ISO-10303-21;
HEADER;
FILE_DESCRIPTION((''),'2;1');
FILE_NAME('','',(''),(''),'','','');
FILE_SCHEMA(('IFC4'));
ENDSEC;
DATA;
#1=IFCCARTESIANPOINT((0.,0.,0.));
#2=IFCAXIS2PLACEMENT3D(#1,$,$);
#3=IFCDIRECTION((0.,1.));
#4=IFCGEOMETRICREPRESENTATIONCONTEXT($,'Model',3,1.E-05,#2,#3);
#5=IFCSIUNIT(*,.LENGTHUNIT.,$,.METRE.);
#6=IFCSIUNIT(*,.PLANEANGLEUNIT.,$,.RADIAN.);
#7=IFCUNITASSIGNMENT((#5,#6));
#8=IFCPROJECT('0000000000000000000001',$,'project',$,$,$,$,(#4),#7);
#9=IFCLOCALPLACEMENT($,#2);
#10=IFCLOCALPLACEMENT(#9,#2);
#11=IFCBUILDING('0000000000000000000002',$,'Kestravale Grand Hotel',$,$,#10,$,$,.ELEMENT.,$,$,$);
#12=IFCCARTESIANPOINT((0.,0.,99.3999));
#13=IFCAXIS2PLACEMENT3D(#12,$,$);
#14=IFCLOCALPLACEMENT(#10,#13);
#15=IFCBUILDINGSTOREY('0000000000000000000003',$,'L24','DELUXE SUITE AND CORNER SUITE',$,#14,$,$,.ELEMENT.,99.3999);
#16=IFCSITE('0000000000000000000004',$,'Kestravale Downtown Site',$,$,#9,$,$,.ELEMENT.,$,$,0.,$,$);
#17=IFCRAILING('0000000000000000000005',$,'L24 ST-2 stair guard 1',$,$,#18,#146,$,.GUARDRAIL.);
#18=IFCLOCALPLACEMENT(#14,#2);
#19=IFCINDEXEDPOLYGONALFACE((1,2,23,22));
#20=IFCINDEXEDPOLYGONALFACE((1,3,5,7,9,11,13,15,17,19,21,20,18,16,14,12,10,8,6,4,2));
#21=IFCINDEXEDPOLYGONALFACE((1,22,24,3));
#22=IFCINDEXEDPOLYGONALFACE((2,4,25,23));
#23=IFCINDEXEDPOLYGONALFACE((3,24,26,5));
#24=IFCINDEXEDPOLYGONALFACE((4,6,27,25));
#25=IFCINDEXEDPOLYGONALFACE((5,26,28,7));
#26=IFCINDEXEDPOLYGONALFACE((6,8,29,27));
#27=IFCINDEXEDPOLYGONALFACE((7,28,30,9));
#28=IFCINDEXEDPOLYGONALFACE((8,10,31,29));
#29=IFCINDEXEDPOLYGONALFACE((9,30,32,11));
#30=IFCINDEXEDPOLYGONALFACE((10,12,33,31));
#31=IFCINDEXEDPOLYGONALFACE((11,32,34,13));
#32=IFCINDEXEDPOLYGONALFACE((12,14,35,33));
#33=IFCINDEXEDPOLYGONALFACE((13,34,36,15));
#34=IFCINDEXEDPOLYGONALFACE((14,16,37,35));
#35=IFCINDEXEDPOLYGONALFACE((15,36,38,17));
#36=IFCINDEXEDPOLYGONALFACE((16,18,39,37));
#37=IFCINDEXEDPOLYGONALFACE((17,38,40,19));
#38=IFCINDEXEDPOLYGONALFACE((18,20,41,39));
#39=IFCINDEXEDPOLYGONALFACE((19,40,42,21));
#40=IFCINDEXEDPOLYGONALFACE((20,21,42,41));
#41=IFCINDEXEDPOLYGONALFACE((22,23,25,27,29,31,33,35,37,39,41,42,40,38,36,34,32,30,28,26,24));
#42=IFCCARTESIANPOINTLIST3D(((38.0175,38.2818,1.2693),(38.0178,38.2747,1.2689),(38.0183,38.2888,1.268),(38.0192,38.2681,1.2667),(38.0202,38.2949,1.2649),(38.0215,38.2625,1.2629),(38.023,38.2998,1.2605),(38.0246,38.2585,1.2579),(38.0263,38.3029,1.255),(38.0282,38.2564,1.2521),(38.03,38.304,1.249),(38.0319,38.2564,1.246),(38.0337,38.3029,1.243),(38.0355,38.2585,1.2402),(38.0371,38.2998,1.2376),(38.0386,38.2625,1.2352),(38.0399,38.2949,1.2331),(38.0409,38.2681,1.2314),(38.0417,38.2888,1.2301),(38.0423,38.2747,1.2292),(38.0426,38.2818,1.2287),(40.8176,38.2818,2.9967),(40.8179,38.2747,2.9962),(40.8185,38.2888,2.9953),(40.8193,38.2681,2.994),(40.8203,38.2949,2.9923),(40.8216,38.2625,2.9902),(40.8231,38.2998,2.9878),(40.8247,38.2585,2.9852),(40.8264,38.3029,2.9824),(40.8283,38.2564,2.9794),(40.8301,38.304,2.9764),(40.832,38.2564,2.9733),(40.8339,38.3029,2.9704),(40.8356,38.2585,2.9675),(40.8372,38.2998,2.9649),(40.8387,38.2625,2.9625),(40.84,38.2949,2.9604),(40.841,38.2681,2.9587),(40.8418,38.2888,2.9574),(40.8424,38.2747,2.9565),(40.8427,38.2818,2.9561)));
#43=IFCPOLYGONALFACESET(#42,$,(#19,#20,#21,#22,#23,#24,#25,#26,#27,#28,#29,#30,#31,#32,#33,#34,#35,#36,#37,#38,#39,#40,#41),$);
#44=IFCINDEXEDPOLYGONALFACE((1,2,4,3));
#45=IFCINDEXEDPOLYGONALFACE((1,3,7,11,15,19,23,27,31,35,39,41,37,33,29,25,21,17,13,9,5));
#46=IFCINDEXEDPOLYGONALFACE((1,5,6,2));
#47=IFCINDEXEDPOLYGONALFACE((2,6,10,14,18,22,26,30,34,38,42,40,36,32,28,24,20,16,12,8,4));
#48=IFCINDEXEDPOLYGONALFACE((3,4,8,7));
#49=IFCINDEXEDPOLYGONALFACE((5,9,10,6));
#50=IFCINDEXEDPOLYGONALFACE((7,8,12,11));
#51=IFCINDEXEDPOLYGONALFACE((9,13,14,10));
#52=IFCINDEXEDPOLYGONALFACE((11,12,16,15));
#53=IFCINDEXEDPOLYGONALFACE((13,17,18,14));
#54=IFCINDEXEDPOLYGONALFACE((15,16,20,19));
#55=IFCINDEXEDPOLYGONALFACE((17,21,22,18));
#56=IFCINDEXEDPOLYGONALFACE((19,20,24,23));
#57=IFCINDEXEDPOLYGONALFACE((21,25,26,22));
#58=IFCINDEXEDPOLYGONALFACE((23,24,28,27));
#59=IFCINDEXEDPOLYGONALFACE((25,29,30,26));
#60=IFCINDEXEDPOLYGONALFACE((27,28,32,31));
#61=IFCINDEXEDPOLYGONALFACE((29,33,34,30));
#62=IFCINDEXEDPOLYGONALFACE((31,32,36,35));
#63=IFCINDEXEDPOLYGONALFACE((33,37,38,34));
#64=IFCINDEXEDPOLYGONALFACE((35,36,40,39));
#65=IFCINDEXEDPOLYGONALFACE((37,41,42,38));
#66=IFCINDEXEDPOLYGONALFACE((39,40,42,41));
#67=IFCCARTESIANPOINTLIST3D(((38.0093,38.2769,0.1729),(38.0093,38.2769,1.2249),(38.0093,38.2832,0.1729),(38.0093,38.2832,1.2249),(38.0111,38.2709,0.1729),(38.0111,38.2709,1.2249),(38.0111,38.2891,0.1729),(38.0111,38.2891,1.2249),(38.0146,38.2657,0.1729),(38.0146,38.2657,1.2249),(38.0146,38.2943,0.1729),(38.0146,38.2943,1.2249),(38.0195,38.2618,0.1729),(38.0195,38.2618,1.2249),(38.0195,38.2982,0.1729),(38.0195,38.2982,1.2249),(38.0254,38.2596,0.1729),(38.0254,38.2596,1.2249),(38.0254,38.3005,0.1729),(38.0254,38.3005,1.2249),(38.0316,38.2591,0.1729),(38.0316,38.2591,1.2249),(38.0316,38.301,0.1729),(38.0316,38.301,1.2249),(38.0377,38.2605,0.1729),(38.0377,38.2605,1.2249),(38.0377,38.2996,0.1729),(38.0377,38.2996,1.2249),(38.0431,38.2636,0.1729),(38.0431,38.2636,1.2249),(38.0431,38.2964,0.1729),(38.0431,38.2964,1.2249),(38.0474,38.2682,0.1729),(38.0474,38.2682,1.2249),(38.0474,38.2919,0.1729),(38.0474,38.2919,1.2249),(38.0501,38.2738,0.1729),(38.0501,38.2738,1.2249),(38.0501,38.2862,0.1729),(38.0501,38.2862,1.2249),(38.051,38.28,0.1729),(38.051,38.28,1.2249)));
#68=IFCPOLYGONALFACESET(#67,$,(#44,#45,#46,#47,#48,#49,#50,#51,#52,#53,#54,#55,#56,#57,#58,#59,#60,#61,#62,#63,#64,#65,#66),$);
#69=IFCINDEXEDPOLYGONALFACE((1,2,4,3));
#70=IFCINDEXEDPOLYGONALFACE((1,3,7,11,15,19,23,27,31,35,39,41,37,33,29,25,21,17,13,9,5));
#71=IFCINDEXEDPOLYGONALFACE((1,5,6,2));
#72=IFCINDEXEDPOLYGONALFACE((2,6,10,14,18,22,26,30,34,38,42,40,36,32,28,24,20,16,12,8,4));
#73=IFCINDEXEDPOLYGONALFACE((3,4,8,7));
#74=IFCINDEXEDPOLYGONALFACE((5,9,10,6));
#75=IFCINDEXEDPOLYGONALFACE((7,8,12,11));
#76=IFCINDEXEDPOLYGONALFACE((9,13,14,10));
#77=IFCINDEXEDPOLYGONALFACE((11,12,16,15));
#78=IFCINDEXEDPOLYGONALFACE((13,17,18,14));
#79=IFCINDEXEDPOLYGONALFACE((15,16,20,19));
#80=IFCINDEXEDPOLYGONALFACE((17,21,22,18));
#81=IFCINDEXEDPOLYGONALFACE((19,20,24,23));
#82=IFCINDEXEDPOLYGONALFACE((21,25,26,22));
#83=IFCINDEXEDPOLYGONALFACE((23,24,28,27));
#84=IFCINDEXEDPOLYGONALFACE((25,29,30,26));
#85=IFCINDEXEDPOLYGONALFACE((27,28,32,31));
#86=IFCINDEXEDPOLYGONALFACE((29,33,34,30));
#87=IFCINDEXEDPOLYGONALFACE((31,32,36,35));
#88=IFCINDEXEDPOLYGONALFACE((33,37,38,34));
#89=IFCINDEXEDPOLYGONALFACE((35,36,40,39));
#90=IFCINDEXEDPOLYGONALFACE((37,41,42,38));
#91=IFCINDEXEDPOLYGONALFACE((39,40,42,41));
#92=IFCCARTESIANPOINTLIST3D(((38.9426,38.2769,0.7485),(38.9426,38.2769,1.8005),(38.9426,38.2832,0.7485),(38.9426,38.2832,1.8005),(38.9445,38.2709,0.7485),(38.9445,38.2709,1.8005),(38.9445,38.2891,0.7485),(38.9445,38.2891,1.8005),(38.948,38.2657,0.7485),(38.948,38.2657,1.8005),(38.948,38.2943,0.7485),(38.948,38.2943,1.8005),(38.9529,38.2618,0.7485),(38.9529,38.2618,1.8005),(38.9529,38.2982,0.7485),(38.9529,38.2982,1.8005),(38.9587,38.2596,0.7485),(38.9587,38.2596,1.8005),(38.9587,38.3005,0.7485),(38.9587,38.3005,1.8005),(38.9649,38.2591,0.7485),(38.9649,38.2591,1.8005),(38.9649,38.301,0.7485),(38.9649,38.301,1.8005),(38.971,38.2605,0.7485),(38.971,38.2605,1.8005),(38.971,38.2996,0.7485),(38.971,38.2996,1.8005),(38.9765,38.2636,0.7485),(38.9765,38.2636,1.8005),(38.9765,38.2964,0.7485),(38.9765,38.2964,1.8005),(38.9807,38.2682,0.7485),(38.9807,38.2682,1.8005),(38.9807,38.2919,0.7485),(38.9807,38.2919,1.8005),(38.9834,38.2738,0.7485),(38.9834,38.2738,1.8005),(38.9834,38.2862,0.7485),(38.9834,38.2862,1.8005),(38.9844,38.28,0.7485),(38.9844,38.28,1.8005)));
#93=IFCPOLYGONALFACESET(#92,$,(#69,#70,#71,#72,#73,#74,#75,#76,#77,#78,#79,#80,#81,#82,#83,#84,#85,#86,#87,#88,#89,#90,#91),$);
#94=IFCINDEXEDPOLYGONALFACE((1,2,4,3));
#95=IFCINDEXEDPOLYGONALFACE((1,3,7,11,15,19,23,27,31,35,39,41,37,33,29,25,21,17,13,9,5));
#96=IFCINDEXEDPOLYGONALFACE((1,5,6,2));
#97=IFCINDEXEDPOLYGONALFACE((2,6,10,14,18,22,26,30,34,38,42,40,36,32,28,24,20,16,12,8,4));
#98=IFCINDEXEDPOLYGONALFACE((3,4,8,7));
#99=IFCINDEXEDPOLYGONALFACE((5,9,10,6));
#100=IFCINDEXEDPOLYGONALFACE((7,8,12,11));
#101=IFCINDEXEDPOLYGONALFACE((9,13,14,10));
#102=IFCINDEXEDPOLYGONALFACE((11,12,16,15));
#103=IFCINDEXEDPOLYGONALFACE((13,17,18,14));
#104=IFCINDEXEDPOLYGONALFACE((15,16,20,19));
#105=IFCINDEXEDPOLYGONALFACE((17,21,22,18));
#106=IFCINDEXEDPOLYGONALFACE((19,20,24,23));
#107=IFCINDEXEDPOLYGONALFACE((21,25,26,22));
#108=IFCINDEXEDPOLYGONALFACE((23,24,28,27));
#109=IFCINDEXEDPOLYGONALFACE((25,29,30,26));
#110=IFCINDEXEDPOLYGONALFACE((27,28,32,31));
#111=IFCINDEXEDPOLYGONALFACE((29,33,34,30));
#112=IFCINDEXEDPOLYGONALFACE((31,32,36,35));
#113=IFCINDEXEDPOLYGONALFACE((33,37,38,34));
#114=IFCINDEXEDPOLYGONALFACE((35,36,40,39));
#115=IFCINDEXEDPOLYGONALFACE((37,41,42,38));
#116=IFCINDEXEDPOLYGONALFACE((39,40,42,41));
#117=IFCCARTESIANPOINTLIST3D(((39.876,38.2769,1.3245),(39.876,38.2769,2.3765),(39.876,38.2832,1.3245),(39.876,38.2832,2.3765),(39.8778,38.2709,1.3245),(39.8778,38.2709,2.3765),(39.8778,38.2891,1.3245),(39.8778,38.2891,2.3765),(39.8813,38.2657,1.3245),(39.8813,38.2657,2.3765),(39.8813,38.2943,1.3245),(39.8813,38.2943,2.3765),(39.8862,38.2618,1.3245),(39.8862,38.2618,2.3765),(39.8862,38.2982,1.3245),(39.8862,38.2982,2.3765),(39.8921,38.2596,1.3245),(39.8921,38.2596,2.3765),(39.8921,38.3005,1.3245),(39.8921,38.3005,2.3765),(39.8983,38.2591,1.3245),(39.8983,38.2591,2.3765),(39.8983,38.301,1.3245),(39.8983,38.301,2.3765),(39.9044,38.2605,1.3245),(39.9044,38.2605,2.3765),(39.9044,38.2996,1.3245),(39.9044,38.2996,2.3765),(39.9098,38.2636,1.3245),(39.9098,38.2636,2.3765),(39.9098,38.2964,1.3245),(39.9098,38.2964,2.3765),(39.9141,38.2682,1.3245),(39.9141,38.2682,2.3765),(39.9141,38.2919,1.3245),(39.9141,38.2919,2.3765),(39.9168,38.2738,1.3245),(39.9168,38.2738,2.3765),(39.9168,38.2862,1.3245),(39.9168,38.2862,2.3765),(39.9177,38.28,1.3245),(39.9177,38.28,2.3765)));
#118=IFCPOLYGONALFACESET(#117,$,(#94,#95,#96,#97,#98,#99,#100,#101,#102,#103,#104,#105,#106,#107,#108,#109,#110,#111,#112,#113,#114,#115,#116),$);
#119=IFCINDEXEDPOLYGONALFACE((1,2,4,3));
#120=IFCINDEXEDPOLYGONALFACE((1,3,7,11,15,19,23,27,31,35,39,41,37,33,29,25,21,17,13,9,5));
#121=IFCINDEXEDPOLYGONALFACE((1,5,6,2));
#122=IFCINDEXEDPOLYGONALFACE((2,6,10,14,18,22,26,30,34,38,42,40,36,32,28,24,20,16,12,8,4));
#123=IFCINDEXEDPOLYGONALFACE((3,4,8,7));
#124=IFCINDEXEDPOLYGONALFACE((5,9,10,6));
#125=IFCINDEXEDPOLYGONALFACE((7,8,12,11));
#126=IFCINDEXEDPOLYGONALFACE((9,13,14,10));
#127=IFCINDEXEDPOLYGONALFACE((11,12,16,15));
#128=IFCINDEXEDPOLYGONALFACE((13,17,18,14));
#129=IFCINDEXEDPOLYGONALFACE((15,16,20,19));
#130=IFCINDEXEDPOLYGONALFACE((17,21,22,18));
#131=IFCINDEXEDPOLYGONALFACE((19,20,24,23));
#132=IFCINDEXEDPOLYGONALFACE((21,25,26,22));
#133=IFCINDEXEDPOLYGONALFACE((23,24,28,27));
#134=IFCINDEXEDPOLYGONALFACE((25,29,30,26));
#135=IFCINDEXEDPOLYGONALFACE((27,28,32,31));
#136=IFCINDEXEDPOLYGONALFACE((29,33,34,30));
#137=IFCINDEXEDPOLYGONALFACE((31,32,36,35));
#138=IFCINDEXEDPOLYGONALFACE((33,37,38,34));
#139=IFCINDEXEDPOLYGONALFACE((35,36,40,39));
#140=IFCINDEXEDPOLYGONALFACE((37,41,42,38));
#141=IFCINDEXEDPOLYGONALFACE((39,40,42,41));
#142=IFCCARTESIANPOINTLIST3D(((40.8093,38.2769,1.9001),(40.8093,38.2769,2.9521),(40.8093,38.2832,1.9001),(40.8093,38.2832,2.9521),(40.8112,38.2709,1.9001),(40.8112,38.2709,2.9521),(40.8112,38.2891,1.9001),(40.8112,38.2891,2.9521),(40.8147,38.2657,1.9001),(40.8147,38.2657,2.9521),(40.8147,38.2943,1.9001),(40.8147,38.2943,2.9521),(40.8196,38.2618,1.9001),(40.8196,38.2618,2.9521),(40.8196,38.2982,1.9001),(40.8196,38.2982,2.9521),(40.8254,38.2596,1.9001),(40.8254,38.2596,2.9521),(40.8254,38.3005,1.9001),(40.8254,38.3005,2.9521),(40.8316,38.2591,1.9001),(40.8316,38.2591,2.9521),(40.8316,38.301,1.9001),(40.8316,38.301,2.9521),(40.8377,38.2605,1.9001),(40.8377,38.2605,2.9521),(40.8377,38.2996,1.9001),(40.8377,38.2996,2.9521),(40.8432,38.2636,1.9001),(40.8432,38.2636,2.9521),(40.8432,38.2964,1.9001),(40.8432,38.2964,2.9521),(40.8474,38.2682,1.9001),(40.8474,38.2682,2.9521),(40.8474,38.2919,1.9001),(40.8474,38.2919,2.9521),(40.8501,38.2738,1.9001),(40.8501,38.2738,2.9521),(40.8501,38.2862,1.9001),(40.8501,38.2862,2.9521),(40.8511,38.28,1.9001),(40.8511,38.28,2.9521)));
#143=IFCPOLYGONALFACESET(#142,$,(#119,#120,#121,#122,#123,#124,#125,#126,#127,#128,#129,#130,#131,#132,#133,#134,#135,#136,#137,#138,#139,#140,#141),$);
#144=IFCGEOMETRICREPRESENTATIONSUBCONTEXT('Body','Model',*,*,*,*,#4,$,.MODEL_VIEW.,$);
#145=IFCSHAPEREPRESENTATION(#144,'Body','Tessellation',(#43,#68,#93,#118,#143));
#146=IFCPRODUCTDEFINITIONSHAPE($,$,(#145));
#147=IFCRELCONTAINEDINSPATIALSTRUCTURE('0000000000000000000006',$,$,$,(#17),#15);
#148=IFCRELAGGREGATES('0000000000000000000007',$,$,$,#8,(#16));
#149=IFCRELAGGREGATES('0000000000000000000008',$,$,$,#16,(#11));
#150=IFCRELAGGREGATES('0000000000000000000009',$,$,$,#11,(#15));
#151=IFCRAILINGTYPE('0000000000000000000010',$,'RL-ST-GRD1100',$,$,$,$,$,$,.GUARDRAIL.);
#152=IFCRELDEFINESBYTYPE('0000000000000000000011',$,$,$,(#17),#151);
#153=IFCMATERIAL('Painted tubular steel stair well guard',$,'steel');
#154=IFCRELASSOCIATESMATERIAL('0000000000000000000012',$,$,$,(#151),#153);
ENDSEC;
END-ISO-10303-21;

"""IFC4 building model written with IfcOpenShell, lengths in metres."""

from ifc_helpers import new_model, si_unit, direction, frame, origin, origin_2d, place, context, subcontext, project, spatial, circle, extrude, material, type_object, element, save


model = new_model("IFC4")

# Units and contexts
model_context = context("Model", 3, precision=1e-05, world=origin(), true_north=direction((0.0, 1.0)))
body_context = subcontext(model_context, "Body", "Model", "MODEL_VIEW")
ifc_project = project(units=[si_unit("LENGTHUNIT", "METRE"), si_unit("PLANEANGLEUNIT", "RADIAN")], contexts=[model_context])

# Site, building, storey
site_placement = place(None, origin())
site = spatial("IfcSite", under=ifc_project, at=site_placement, Name="Kestravale Downtown Site", CompositionType="ELEMENT", RefElevation=0.0)
building_placement = place(site_placement, origin())
building = spatial("IfcBuilding", under=site, at=building_placement, Name="Kestravale Grand Hotel", CompositionType="ELEMENT")
storey_placement = place(building_placement, frame((0.0, 0.0, 99.3999)))
storey = spatial("IfcBuildingStorey", under=building, at=storey_placement, Name="L24", Description="DELUXE SUITE AND CORNER SUITE", CompositionType="ELEMENT", Elevation=99.3999)

# Railing
ifc_material_1 = material(Name="Painted tubular steel stair well guard", Category="steel")
railing_type_1 = type_object("IfcRailingType", Name="RL-ST-GRD1100", PredefinedType="GUARDRAIL", material=ifc_material_1)
railing_1_placement = place(storey_placement, frame((38.03, 38.28, 0.1729)))
element("IfcRailing", 1, at=railing_1_placement, inside=storey, type_object=railing_type_1, Name="L24 ST-2 stair guard 1", PredefinedType="GUARDRAIL", context=body_context, shape_type="SweptSolid", body=[
    extrude(circle(Radius=0.0239, at=origin_2d()), frame((0.0, 0.0, 1.0762), z_axis=(0.85109, 0.0, 0.52502), x_axis=(0.0, 1.0, 0.0)), (0.0, 0.0, 1.0), 3.29),
    extrude(circle(Radius=0.021, at=origin_2d()), origin(), (0.0, 0.0, 1.0), 1.052),
    extrude(circle(Radius=0.021, at=origin_2d()), frame((0.9333, 0.0, 0.5757)), (0.0, 0.0, 1.0), 1.052),
    extrude(circle(Radius=0.021, at=origin_2d()), frame((1.8667, 0.0, 1.1516)), (0.0, 0.0, 1.0), 1.052),
    extrude(circle(Radius=0.021, at=origin_2d()), frame((2.8, 0.0, 1.7273)), (0.0, 0.0, 1.0), 1.052),
])

save(model, "model.ifc")
